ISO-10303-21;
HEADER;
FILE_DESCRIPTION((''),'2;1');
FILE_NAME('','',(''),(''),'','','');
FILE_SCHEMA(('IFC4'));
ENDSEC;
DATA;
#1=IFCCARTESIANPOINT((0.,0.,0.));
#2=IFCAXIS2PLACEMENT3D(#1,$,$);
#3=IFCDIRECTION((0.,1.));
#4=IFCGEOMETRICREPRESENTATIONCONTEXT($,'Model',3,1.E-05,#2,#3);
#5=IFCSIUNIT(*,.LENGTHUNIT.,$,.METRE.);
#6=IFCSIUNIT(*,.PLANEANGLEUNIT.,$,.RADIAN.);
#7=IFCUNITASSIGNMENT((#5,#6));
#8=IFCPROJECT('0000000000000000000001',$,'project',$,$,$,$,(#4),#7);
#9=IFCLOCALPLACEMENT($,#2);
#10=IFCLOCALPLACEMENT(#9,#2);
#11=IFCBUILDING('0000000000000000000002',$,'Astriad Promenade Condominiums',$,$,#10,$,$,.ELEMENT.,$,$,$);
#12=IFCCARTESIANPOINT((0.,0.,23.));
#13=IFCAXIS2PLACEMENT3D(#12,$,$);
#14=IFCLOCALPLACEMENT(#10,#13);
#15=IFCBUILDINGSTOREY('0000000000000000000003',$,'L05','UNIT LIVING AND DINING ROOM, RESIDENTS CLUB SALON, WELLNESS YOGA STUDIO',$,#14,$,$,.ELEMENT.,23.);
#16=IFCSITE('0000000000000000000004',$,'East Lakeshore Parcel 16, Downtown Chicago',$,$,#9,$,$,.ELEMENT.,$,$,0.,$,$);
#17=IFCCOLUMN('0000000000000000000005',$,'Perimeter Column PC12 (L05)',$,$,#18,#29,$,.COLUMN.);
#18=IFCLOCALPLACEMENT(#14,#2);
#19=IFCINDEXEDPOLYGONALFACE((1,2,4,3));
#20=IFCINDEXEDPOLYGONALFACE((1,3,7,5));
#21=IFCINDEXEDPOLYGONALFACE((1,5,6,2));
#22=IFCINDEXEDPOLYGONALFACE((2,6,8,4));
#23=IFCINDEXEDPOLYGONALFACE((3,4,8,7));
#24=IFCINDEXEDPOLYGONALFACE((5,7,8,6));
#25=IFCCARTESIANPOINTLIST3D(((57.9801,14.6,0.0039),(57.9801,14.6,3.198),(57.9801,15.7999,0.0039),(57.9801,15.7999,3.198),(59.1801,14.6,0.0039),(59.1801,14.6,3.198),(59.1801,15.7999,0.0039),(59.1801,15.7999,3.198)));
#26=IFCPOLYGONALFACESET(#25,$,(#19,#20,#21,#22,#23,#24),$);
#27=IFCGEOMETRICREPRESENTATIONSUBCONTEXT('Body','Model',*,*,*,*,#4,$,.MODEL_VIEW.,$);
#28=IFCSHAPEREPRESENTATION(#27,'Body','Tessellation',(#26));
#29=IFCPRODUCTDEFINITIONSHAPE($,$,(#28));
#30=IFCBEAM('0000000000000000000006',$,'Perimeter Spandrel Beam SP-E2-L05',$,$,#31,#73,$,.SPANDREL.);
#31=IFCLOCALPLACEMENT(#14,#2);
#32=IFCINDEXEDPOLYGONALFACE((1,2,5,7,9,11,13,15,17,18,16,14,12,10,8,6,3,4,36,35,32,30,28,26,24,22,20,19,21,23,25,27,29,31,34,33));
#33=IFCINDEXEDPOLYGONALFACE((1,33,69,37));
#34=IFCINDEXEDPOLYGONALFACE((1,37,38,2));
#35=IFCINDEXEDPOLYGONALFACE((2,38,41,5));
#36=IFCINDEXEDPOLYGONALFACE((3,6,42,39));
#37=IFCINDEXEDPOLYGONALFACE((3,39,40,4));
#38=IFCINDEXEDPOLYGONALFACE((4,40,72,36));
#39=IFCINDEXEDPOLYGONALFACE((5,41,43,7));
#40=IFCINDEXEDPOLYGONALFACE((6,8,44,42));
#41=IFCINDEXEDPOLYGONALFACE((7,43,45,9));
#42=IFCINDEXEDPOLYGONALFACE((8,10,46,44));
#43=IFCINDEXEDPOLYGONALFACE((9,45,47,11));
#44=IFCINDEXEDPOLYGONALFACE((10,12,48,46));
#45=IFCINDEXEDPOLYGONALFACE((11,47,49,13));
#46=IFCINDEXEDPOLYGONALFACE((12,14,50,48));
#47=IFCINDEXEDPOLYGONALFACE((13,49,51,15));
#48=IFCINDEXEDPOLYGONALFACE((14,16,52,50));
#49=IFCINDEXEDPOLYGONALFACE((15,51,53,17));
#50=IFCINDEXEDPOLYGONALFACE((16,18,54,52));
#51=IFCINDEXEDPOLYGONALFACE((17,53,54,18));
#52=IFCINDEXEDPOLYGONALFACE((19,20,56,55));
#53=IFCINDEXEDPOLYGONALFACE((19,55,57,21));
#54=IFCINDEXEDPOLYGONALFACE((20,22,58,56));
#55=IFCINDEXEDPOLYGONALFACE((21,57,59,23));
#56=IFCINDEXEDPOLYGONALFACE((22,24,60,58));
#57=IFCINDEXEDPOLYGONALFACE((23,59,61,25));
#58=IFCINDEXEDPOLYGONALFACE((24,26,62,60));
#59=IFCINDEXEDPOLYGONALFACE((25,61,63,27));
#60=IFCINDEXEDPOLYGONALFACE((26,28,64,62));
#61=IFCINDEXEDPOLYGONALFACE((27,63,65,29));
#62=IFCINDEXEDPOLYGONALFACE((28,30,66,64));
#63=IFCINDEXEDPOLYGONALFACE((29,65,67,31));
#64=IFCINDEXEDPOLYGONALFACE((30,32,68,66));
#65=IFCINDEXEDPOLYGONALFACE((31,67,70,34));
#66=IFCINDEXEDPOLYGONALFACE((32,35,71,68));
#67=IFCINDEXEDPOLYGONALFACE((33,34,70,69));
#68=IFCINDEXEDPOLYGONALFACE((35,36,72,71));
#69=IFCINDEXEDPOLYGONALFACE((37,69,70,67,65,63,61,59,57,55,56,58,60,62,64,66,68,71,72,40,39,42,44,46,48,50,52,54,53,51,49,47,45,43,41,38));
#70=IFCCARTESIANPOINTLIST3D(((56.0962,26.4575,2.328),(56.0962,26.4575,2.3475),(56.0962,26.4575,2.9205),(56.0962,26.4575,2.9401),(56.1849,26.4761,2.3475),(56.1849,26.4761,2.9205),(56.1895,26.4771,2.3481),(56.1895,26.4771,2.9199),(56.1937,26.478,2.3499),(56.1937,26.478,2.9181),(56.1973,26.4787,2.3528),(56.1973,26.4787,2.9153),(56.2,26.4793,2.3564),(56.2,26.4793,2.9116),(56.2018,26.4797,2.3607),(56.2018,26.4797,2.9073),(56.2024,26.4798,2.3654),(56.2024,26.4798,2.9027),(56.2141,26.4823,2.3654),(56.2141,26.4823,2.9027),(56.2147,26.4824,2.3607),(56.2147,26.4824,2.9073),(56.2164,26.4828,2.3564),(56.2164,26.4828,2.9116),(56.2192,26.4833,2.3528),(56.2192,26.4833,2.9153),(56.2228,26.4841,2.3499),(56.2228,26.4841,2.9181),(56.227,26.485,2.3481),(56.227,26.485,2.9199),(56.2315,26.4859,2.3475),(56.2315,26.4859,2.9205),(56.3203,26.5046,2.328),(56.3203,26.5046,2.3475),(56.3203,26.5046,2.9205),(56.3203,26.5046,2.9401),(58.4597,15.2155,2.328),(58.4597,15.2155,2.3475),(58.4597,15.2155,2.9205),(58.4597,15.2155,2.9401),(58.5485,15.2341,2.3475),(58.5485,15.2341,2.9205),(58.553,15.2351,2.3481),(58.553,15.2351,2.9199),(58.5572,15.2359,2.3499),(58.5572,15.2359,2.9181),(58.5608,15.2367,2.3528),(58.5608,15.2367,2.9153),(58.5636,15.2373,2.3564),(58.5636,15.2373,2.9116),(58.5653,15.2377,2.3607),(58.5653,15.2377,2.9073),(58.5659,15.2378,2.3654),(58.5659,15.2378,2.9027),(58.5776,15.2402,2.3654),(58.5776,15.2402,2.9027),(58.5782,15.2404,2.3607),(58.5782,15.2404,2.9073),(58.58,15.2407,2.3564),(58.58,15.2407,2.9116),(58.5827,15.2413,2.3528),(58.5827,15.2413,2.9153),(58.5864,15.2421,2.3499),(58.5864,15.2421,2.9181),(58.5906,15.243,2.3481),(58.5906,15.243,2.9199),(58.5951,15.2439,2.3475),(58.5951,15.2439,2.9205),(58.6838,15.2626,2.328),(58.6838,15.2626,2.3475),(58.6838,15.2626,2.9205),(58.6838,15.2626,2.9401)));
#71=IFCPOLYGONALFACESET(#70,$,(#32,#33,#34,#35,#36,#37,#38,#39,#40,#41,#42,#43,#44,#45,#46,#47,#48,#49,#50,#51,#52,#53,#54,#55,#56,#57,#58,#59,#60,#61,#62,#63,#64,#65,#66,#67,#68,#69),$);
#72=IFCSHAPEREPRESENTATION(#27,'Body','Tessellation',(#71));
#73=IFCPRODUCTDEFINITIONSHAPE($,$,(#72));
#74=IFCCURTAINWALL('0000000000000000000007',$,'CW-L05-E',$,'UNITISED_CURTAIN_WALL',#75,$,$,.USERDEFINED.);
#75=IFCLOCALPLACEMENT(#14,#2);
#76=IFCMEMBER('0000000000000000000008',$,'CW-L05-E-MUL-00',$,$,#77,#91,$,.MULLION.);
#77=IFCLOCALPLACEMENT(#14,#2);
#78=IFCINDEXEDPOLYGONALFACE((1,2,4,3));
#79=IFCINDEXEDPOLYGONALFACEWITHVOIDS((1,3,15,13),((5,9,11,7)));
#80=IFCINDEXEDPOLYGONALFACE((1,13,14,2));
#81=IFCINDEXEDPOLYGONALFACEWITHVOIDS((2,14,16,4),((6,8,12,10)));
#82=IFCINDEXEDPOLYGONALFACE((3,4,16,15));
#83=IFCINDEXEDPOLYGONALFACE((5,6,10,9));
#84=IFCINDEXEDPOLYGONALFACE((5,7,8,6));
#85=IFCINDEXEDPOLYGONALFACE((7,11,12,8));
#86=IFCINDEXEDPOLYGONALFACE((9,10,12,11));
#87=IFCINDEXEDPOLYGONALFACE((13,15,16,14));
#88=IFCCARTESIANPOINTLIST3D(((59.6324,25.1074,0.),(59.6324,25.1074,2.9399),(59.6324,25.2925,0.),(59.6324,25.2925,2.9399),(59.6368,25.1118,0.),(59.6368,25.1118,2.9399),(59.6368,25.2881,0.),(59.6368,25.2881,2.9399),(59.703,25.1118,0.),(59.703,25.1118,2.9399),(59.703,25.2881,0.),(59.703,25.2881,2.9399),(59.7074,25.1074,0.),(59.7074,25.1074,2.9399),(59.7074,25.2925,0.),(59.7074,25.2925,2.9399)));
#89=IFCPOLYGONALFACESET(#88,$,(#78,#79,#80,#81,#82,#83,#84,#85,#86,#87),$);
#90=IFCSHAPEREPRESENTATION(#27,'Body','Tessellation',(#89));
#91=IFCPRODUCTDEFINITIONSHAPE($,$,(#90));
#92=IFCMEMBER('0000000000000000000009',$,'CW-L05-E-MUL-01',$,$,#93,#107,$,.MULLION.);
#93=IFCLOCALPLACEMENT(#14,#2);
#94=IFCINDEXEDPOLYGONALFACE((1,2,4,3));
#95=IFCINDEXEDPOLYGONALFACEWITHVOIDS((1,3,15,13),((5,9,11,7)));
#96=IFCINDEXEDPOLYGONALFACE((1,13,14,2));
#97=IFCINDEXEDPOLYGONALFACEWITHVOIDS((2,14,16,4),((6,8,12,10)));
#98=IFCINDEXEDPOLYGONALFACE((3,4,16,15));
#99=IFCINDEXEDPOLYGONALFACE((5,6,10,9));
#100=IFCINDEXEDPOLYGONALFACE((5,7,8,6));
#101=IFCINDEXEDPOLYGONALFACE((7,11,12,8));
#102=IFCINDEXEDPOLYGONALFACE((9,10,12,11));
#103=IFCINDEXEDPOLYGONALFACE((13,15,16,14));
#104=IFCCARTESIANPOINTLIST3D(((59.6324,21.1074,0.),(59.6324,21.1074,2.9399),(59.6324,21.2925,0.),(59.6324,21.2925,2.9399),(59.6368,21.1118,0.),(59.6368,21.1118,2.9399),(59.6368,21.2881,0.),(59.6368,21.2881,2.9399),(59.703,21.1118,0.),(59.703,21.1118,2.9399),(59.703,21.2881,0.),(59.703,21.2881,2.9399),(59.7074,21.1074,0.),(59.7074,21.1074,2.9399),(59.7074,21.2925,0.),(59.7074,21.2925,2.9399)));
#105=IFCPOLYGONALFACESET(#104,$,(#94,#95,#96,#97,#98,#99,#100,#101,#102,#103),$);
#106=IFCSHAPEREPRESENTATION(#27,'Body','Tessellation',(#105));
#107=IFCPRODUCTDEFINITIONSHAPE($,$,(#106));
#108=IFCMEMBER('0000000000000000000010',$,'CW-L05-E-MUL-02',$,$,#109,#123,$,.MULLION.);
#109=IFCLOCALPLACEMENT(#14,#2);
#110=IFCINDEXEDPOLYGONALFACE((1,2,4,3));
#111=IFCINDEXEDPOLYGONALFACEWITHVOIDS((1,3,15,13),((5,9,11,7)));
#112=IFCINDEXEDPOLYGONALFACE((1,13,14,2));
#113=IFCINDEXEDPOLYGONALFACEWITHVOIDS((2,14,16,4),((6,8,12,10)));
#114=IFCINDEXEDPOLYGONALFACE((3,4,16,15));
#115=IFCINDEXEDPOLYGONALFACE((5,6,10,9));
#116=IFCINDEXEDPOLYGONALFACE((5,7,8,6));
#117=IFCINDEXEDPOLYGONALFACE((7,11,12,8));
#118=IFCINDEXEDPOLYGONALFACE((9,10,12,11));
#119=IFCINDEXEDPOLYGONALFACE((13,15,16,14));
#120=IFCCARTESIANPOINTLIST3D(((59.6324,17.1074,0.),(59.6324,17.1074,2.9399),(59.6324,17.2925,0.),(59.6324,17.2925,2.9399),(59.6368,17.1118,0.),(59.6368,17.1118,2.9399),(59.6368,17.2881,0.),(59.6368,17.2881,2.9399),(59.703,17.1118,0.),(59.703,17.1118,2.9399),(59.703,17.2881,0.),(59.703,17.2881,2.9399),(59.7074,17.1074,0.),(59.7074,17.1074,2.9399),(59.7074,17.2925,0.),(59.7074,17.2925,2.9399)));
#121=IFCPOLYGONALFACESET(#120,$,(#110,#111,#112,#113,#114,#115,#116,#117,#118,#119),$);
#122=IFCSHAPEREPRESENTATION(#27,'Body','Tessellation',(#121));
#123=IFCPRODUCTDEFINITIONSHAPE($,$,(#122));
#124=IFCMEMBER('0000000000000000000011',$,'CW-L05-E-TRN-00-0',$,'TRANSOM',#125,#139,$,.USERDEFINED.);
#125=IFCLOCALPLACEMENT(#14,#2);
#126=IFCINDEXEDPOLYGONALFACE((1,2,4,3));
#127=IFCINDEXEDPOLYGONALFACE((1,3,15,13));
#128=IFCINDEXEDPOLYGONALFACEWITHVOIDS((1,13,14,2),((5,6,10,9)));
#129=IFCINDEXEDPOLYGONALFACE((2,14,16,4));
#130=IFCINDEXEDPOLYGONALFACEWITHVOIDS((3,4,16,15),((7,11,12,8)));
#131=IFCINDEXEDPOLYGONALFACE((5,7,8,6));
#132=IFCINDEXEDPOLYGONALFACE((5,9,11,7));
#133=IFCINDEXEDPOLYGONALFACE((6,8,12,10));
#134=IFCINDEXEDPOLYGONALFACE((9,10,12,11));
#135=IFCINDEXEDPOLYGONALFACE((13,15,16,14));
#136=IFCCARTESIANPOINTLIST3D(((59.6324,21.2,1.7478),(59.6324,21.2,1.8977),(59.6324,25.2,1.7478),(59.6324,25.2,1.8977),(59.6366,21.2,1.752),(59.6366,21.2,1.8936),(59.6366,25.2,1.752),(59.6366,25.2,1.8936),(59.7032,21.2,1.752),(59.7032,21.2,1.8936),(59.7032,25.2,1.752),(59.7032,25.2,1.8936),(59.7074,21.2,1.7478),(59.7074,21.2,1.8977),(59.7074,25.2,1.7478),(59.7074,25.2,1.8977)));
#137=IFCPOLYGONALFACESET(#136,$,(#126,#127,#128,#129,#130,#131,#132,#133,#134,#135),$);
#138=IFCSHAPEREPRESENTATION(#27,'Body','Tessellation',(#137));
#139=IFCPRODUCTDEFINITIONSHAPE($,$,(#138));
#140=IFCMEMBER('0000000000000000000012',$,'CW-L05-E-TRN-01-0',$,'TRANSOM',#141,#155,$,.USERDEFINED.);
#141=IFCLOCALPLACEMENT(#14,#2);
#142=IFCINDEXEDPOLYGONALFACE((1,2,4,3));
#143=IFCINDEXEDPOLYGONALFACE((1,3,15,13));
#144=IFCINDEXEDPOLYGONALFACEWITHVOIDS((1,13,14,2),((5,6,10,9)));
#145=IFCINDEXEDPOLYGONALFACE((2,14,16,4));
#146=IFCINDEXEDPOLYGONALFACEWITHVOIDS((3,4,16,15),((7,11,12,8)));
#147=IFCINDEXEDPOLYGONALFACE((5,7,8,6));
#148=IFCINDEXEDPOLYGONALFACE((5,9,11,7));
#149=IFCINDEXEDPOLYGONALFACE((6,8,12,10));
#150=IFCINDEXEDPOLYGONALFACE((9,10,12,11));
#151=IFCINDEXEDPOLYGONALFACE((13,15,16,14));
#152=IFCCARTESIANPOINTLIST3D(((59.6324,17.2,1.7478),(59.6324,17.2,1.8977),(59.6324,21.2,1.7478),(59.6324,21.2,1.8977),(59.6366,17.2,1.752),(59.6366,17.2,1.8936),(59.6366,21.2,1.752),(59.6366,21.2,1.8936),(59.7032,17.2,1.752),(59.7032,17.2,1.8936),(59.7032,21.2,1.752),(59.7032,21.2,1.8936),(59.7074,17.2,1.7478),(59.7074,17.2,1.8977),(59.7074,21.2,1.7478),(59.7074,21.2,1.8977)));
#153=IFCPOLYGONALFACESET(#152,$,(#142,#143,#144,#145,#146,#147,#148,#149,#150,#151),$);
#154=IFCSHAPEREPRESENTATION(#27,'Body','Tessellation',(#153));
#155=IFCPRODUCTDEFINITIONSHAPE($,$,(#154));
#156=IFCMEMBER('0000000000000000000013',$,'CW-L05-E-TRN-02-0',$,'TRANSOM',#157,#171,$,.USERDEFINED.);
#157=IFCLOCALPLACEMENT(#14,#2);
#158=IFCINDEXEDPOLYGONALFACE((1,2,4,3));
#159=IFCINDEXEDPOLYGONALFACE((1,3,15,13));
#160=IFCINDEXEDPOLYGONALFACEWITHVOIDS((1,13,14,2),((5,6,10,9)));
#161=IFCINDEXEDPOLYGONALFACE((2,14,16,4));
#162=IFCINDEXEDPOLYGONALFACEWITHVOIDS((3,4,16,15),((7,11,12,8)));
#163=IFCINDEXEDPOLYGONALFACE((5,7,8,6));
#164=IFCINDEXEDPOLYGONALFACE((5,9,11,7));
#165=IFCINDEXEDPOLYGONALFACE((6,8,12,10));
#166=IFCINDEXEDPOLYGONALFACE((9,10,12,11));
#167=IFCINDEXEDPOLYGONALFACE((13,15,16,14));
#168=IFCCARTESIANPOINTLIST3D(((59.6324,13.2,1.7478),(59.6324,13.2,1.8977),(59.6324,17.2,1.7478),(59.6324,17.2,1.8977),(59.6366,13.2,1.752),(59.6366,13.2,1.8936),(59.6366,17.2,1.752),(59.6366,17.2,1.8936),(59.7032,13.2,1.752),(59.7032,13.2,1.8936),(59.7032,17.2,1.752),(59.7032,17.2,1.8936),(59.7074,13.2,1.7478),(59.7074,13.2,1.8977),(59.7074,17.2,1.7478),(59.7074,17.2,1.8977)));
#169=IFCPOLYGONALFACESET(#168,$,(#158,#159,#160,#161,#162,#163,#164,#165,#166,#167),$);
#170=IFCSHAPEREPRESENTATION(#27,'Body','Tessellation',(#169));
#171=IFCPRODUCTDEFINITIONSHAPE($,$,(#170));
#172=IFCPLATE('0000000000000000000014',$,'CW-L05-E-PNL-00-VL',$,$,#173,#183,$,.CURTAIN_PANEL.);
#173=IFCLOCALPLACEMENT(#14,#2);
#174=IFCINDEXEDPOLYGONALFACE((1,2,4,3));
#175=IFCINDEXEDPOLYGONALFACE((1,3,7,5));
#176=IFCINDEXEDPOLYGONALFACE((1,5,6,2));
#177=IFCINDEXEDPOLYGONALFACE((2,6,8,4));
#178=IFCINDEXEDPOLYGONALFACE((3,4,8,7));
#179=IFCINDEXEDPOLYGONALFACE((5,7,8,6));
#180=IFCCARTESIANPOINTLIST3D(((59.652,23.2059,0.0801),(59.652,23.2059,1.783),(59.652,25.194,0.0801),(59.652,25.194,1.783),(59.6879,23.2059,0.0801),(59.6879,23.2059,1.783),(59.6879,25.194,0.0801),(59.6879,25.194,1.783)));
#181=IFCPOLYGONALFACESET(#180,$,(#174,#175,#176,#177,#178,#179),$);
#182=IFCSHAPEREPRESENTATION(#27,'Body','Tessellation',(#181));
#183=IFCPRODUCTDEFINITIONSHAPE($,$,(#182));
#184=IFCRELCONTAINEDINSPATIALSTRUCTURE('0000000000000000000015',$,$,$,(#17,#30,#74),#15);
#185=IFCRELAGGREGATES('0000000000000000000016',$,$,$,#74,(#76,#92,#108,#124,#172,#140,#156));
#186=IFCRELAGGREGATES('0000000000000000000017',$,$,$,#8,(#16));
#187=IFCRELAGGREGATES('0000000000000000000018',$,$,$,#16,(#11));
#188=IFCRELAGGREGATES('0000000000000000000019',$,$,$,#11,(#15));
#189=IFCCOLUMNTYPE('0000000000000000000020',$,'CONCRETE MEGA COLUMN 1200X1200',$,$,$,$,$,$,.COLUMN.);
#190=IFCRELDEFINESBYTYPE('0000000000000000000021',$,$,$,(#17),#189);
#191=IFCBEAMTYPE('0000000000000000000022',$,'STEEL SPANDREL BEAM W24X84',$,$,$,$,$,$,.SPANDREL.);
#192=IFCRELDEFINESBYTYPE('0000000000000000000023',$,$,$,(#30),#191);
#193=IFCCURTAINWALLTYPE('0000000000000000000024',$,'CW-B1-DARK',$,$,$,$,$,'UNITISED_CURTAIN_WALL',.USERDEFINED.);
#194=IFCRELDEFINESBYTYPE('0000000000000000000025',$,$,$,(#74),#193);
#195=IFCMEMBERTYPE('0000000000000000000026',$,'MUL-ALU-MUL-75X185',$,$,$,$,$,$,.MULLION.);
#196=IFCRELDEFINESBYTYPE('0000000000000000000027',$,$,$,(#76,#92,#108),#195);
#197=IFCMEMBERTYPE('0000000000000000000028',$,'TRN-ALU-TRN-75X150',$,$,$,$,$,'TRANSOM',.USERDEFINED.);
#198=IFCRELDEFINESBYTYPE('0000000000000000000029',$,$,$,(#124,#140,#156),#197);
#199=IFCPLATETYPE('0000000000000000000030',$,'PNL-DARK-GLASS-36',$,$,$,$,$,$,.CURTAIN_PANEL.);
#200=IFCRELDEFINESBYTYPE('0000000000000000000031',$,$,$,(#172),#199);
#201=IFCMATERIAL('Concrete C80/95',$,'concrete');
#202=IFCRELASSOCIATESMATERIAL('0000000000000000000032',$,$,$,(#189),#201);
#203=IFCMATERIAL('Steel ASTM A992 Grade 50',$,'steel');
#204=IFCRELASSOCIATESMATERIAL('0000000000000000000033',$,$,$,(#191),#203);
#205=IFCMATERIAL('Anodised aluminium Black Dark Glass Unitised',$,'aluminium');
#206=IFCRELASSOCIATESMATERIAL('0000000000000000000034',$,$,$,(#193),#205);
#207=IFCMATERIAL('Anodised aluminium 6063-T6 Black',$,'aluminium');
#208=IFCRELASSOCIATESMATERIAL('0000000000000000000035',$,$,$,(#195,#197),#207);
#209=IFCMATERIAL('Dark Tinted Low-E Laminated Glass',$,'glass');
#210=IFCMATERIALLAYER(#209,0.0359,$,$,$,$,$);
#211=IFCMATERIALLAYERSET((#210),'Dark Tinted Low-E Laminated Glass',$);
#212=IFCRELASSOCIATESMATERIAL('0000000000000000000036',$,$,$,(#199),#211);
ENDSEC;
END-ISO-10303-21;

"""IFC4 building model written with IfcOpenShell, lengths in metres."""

from ifc_helpers import new_model, si_unit, direction, frame, origin, origin_2d, place, context, subcontext, project, spatial, rectangle, hollow_rectangle, i_section, extrude, source, transform, mapped, material, layer, layer_set, material_profile, profile_set, type_object, type_shapes, element, aggregate, save


model = new_model("IFC4")

# Units and contexts
model_context = context("Model", 3, precision=1e-05, world=origin(), true_north=direction((0.0, 1.0)))
body_context = subcontext(model_context, "Body", "Model", "MODEL_VIEW")
ifc_project = project(units=[si_unit("LENGTHUNIT", "METRE"), si_unit("PLANEANGLEUNIT", "RADIAN")], contexts=[model_context])

# Site, building, storey
site_placement = place(None, origin())
site = spatial("IfcSite", under=ifc_project, at=site_placement, Name="East Lakeshore Parcel 16, Downtown Chicago", CompositionType="ELEMENT", RefElevation=0.0)
building_placement = place(site_placement, origin())
building = spatial("IfcBuilding", under=site, at=building_placement, Name="Astriad Promenade Condominiums", CompositionType="ELEMENT")
storey_placement = place(building_placement, frame((0.0, 0.0, 23.0)))
storey = spatial("IfcBuildingStorey", under=building, at=storey_placement, Name="L05", Description="UNIT LIVING AND DINING ROOM, RESIDENTS CLUB SALON, WELLNESS YOGA STUDIO", CompositionType="ELEMENT", Elevation=23.0)

# Column
ifc_material_1 = material(Name="Concrete C80/95", Category="concrete")
ifc_material_profile_1 = material_profile(ifc_material_1, rectangle(XDim=1.2, YDim=1.2, at=origin_2d()), Name="RC-COL-1200X1200")
ifc_profile_set_1 = profile_set([ifc_material_profile_1], Name="Concrete C80/95")
column_type = type_object("IfcColumnType", Name="CONCRETE MEGA COLUMN 1200X1200", PredefinedType="COLUMN", material=ifc_profile_set_1)
shared_shape_1 = source(origin(), body_context, "Body", "SweptSolid", [
    extrude(rectangle(XDim=1.2, YDim=1.2, at=origin_2d()), origin(), (0.0, 0.0, 1.0), 3.1941),
])
type_shapes(column_type, [shared_shape_1])
column_placement = place(storey_placement, frame((58.5801, 15.2, 0.0039), z_axis=(0.0, 0.0, 1.0), x_axis=(1.0, 0.0, 0.0)))
element("IfcColumn", 1, at=column_placement, inside=storey, type_object=column_type, Name="Perimeter Column PC12 (L05)", PredefinedType="COLUMN", context=body_context, shape_type="MappedRepresentation", body=[
    mapped(shared_shape_1, transform((0.0, 0.0, 0.0), scale=1.0)),
])

# Beam
ifc_material_2 = material(Name="Steel ASTM A992 Grade 50", Category="steel")
ifc_material_profile_2 = material_profile(ifc_material_2, i_section(OverallWidth=0.229, OverallDepth=0.6121, WebThickness=0.012, FlangeThickness=0.0195, FilletRadius=0.0178, at=origin_2d()), Name="W24X84")
ifc_profile_set_2 = profile_set([ifc_material_profile_2], Name="Steel ASTM A992 Grade 50")
beam_type = type_object("IfcBeamType", Name="STEEL SPANDREL BEAM W24X84", PredefinedType="SPANDREL", material=ifc_profile_set_2)
shared_shape_2 = source(origin(), body_context, "Body", "SweptSolid", [
    extrude(i_section(OverallWidth=0.229, OverallDepth=0.6121, WebThickness=0.012, FlangeThickness=0.0195, FilletRadius=0.0178, at=origin_2d()), origin(), (0.0, 0.0, 1.0), 11.4878),
])
type_shapes(beam_type, [shared_shape_2])
beam_placement = place(storey_placement, frame((58.5718, 15.239, 2.634), z_axis=(-0.205744, 0.978606, 0.0), x_axis=(-0.978606, -0.205744, 0.0)))
element("IfcBeam", 2, at=beam_placement, inside=storey, type_object=beam_type, Name="Perimeter Spandrel Beam SP-E2-L05", PredefinedType="SPANDREL", context=body_context, shape_type="MappedRepresentation", body=[
    mapped(shared_shape_2, transform((0.0, 0.0, 0.0), scale=1.0)),
])

# Curtain wall, members, plate
ifc_material_3 = material(Name="Anodised aluminium Black Dark Glass Unitised", Category="aluminium")
curtain_wall_type = type_object("IfcCurtainWallType", Name="CW-B1-DARK", ElementType="UNITISED_CURTAIN_WALL", PredefinedType="USERDEFINED", material=ifc_material_3)
curtain_wall_placement = place(storey_placement, origin())
curtain_wall = element("IfcCurtainWall", 3, at=curtain_wall_placement, inside=storey, type_object=curtain_wall_type, Name="CW-L05-E", ObjectType="UNITISED_CURTAIN_WALL", PredefinedType="USERDEFINED")
ifc_material_4 = material(Name="Anodised aluminium 6063-T6 Black", Category="aluminium")
ifc_material_profile_3 = material_profile(ifc_material_4, hollow_rectangle(XDim=0.075, YDim=0.1851, WallThickness=0.0044, at=origin_2d()), Name="ALU-MUL-75X185")
ifc_profile_set_3 = profile_set([ifc_material_profile_3], Name="Anodised aluminium 6063-T6 Black")
member_type_1 = type_object("IfcMemberType", Name="MUL-ALU-MUL-75X185", PredefinedType="MULLION", material=ifc_profile_set_3)
shared_shape_3 = source(origin(), body_context, "Body", "SweptSolid", [
    extrude(hollow_rectangle(XDim=0.075, YDim=0.1851, WallThickness=0.0044, at=origin_2d()), origin(), (0.0, 0.0, 1.0), 2.9399),
])
type_shapes(member_type_1, [shared_shape_3])
member_1_placement = place(storey_placement, frame((59.6699, 25.2, 0.0), z_axis=(0.0, 0.0, 1.0), x_axis=(1.0, 0.0, 0.0)))
member_1 = element("IfcMember", 4, at=member_1_placement, type_object=member_type_1, Name="CW-L05-E-MUL-00", PredefinedType="MULLION", context=body_context, shape_type="MappedRepresentation", body=[
    mapped(shared_shape_3, transform((0.0, 0.0, 0.0), scale=1.0)),
])
member_2_placement = place(storey_placement, frame((59.6699, 21.2, 0.0), z_axis=(0.0, 0.0, 1.0), x_axis=(1.0, 0.0, 0.0)))
member_2 = element("IfcMember", 5, at=member_2_placement, type_object=member_type_1, Name="CW-L05-E-MUL-01", PredefinedType="MULLION", context=body_context, shape_type="MappedRepresentation", body=[
    mapped(shared_shape_3, transform((0.0, 0.0, 0.0), scale=1.0)),
])
member_3_placement = place(storey_placement, frame((59.6699, 17.2, 0.0), z_axis=(0.0, 0.0, 1.0), x_axis=(1.0, 0.0, 0.0)))
member_3 = element("IfcMember", 6, at=member_3_placement, type_object=member_type_1, Name="CW-L05-E-MUL-02", PredefinedType="MULLION", context=body_context, shape_type="MappedRepresentation", body=[
    mapped(shared_shape_3, transform((0.0, 0.0, 0.0), scale=1.0)),
])
ifc_material_profile_4 = material_profile(ifc_material_4, hollow_rectangle(XDim=0.075, YDim=0.1499, WallThickness=0.0042, at=origin_2d()), Name="ALU-TRN-75X150")
ifc_profile_set_4 = profile_set([ifc_material_profile_4], Name="Anodised aluminium 6063-T6 Black")
member_type_2 = type_object("IfcMemberType", Name="TRN-ALU-TRN-75X150", ElementType="TRANSOM", PredefinedType="USERDEFINED", material=ifc_profile_set_4)
shared_shape_4 = source(origin(), body_context, "Body", "SweptSolid", [
    extrude(hollow_rectangle(XDim=0.075, YDim=0.1499, WallThickness=0.0042, at=origin_2d()), origin(), (0.0, 0.0, 1.0), 4.0),
])
type_shapes(member_type_2, [shared_shape_4])
member_4_placement = place(storey_placement, frame((59.6699, 25.2, 1.8228), z_axis=(0.0, -1.0, 0.0), x_axis=(1.0, 0.0, 0.0)))
member_4 = element("IfcMember", 7, at=member_4_placement, type_object=member_type_2, Name="CW-L05-E-TRN-00-0", ObjectType="TRANSOM", PredefinedType="USERDEFINED", context=body_context, shape_type="MappedRepresentation", body=[
    mapped(shared_shape_4, transform((0.0, 0.0, 0.0), scale=1.0)),
])
member_5_placement = place(storey_placement, frame((59.6699, 21.2, 1.8228), z_axis=(0.0, -1.0, 0.0), x_axis=(1.0, 0.0, 0.0)))
member_5 = element("IfcMember", 8, at=member_5_placement, type_object=member_type_2, Name="CW-L05-E-TRN-01-0", ObjectType="TRANSOM", PredefinedType="USERDEFINED", context=body_context, shape_type="MappedRepresentation", body=[
    mapped(shared_shape_4, transform((0.0, 0.0, 0.0), scale=1.0)),
])
member_6_placement = place(storey_placement, frame((59.6699, 17.2, 1.8228), z_axis=(0.0, -1.0, 0.0), x_axis=(1.0, 0.0, 0.0)))
member_6 = element("IfcMember", 9, at=member_6_placement, type_object=member_type_2, Name="CW-L05-E-TRN-02-0", ObjectType="TRANSOM", PredefinedType="USERDEFINED", context=body_context, shape_type="MappedRepresentation", body=[
    mapped(shared_shape_4, transform((0.0, 0.0, 0.0), scale=1.0)),
])
ifc_material_5 = material(Name="Dark Tinted Low-E Laminated Glass", Category="glass")
ifc_layer_1 = layer(ifc_material_5, 0.0359)
ifc_layer_set_1 = layer_set([ifc_layer_1], Name="Dark Tinted Low-E Laminated Glass")
plate_type = type_object("IfcPlateType", Name="PNL-DARK-GLASS-36", PredefinedType="CURTAIN_PANEL", material=ifc_layer_set_1)
shared_shape_5 = source(origin(), body_context, "Body", "SweptSolid", [
    extrude(rectangle(XDim=1.988, YDim=0.0359, at=origin_2d()), origin(), (0.0, 0.0, 1.0), 1.7029),
])
plate_1_placement = place(storey_placement, frame((59.6699, 24.2, 0.0801), z_axis=(0.0, 0.0, 1.0), x_axis=(0.0, -1.0, 0.0)))
plate_1 = element("IfcPlate", 10, at=plate_1_placement, type_object=plate_type, Name="CW-L05-E-PNL-00-VL", PredefinedType="CURTAIN_PANEL", context=body_context, shape_type="MappedRepresentation", body=[
    mapped(shared_shape_5, transform((0.0, 0.0, 0.0), scale=1.0)),
])
aggregate(curtain_wall, [member_1, member_2, member_3, member_4, plate_1, member_5, member_6])

save(model, "model.ifc")
